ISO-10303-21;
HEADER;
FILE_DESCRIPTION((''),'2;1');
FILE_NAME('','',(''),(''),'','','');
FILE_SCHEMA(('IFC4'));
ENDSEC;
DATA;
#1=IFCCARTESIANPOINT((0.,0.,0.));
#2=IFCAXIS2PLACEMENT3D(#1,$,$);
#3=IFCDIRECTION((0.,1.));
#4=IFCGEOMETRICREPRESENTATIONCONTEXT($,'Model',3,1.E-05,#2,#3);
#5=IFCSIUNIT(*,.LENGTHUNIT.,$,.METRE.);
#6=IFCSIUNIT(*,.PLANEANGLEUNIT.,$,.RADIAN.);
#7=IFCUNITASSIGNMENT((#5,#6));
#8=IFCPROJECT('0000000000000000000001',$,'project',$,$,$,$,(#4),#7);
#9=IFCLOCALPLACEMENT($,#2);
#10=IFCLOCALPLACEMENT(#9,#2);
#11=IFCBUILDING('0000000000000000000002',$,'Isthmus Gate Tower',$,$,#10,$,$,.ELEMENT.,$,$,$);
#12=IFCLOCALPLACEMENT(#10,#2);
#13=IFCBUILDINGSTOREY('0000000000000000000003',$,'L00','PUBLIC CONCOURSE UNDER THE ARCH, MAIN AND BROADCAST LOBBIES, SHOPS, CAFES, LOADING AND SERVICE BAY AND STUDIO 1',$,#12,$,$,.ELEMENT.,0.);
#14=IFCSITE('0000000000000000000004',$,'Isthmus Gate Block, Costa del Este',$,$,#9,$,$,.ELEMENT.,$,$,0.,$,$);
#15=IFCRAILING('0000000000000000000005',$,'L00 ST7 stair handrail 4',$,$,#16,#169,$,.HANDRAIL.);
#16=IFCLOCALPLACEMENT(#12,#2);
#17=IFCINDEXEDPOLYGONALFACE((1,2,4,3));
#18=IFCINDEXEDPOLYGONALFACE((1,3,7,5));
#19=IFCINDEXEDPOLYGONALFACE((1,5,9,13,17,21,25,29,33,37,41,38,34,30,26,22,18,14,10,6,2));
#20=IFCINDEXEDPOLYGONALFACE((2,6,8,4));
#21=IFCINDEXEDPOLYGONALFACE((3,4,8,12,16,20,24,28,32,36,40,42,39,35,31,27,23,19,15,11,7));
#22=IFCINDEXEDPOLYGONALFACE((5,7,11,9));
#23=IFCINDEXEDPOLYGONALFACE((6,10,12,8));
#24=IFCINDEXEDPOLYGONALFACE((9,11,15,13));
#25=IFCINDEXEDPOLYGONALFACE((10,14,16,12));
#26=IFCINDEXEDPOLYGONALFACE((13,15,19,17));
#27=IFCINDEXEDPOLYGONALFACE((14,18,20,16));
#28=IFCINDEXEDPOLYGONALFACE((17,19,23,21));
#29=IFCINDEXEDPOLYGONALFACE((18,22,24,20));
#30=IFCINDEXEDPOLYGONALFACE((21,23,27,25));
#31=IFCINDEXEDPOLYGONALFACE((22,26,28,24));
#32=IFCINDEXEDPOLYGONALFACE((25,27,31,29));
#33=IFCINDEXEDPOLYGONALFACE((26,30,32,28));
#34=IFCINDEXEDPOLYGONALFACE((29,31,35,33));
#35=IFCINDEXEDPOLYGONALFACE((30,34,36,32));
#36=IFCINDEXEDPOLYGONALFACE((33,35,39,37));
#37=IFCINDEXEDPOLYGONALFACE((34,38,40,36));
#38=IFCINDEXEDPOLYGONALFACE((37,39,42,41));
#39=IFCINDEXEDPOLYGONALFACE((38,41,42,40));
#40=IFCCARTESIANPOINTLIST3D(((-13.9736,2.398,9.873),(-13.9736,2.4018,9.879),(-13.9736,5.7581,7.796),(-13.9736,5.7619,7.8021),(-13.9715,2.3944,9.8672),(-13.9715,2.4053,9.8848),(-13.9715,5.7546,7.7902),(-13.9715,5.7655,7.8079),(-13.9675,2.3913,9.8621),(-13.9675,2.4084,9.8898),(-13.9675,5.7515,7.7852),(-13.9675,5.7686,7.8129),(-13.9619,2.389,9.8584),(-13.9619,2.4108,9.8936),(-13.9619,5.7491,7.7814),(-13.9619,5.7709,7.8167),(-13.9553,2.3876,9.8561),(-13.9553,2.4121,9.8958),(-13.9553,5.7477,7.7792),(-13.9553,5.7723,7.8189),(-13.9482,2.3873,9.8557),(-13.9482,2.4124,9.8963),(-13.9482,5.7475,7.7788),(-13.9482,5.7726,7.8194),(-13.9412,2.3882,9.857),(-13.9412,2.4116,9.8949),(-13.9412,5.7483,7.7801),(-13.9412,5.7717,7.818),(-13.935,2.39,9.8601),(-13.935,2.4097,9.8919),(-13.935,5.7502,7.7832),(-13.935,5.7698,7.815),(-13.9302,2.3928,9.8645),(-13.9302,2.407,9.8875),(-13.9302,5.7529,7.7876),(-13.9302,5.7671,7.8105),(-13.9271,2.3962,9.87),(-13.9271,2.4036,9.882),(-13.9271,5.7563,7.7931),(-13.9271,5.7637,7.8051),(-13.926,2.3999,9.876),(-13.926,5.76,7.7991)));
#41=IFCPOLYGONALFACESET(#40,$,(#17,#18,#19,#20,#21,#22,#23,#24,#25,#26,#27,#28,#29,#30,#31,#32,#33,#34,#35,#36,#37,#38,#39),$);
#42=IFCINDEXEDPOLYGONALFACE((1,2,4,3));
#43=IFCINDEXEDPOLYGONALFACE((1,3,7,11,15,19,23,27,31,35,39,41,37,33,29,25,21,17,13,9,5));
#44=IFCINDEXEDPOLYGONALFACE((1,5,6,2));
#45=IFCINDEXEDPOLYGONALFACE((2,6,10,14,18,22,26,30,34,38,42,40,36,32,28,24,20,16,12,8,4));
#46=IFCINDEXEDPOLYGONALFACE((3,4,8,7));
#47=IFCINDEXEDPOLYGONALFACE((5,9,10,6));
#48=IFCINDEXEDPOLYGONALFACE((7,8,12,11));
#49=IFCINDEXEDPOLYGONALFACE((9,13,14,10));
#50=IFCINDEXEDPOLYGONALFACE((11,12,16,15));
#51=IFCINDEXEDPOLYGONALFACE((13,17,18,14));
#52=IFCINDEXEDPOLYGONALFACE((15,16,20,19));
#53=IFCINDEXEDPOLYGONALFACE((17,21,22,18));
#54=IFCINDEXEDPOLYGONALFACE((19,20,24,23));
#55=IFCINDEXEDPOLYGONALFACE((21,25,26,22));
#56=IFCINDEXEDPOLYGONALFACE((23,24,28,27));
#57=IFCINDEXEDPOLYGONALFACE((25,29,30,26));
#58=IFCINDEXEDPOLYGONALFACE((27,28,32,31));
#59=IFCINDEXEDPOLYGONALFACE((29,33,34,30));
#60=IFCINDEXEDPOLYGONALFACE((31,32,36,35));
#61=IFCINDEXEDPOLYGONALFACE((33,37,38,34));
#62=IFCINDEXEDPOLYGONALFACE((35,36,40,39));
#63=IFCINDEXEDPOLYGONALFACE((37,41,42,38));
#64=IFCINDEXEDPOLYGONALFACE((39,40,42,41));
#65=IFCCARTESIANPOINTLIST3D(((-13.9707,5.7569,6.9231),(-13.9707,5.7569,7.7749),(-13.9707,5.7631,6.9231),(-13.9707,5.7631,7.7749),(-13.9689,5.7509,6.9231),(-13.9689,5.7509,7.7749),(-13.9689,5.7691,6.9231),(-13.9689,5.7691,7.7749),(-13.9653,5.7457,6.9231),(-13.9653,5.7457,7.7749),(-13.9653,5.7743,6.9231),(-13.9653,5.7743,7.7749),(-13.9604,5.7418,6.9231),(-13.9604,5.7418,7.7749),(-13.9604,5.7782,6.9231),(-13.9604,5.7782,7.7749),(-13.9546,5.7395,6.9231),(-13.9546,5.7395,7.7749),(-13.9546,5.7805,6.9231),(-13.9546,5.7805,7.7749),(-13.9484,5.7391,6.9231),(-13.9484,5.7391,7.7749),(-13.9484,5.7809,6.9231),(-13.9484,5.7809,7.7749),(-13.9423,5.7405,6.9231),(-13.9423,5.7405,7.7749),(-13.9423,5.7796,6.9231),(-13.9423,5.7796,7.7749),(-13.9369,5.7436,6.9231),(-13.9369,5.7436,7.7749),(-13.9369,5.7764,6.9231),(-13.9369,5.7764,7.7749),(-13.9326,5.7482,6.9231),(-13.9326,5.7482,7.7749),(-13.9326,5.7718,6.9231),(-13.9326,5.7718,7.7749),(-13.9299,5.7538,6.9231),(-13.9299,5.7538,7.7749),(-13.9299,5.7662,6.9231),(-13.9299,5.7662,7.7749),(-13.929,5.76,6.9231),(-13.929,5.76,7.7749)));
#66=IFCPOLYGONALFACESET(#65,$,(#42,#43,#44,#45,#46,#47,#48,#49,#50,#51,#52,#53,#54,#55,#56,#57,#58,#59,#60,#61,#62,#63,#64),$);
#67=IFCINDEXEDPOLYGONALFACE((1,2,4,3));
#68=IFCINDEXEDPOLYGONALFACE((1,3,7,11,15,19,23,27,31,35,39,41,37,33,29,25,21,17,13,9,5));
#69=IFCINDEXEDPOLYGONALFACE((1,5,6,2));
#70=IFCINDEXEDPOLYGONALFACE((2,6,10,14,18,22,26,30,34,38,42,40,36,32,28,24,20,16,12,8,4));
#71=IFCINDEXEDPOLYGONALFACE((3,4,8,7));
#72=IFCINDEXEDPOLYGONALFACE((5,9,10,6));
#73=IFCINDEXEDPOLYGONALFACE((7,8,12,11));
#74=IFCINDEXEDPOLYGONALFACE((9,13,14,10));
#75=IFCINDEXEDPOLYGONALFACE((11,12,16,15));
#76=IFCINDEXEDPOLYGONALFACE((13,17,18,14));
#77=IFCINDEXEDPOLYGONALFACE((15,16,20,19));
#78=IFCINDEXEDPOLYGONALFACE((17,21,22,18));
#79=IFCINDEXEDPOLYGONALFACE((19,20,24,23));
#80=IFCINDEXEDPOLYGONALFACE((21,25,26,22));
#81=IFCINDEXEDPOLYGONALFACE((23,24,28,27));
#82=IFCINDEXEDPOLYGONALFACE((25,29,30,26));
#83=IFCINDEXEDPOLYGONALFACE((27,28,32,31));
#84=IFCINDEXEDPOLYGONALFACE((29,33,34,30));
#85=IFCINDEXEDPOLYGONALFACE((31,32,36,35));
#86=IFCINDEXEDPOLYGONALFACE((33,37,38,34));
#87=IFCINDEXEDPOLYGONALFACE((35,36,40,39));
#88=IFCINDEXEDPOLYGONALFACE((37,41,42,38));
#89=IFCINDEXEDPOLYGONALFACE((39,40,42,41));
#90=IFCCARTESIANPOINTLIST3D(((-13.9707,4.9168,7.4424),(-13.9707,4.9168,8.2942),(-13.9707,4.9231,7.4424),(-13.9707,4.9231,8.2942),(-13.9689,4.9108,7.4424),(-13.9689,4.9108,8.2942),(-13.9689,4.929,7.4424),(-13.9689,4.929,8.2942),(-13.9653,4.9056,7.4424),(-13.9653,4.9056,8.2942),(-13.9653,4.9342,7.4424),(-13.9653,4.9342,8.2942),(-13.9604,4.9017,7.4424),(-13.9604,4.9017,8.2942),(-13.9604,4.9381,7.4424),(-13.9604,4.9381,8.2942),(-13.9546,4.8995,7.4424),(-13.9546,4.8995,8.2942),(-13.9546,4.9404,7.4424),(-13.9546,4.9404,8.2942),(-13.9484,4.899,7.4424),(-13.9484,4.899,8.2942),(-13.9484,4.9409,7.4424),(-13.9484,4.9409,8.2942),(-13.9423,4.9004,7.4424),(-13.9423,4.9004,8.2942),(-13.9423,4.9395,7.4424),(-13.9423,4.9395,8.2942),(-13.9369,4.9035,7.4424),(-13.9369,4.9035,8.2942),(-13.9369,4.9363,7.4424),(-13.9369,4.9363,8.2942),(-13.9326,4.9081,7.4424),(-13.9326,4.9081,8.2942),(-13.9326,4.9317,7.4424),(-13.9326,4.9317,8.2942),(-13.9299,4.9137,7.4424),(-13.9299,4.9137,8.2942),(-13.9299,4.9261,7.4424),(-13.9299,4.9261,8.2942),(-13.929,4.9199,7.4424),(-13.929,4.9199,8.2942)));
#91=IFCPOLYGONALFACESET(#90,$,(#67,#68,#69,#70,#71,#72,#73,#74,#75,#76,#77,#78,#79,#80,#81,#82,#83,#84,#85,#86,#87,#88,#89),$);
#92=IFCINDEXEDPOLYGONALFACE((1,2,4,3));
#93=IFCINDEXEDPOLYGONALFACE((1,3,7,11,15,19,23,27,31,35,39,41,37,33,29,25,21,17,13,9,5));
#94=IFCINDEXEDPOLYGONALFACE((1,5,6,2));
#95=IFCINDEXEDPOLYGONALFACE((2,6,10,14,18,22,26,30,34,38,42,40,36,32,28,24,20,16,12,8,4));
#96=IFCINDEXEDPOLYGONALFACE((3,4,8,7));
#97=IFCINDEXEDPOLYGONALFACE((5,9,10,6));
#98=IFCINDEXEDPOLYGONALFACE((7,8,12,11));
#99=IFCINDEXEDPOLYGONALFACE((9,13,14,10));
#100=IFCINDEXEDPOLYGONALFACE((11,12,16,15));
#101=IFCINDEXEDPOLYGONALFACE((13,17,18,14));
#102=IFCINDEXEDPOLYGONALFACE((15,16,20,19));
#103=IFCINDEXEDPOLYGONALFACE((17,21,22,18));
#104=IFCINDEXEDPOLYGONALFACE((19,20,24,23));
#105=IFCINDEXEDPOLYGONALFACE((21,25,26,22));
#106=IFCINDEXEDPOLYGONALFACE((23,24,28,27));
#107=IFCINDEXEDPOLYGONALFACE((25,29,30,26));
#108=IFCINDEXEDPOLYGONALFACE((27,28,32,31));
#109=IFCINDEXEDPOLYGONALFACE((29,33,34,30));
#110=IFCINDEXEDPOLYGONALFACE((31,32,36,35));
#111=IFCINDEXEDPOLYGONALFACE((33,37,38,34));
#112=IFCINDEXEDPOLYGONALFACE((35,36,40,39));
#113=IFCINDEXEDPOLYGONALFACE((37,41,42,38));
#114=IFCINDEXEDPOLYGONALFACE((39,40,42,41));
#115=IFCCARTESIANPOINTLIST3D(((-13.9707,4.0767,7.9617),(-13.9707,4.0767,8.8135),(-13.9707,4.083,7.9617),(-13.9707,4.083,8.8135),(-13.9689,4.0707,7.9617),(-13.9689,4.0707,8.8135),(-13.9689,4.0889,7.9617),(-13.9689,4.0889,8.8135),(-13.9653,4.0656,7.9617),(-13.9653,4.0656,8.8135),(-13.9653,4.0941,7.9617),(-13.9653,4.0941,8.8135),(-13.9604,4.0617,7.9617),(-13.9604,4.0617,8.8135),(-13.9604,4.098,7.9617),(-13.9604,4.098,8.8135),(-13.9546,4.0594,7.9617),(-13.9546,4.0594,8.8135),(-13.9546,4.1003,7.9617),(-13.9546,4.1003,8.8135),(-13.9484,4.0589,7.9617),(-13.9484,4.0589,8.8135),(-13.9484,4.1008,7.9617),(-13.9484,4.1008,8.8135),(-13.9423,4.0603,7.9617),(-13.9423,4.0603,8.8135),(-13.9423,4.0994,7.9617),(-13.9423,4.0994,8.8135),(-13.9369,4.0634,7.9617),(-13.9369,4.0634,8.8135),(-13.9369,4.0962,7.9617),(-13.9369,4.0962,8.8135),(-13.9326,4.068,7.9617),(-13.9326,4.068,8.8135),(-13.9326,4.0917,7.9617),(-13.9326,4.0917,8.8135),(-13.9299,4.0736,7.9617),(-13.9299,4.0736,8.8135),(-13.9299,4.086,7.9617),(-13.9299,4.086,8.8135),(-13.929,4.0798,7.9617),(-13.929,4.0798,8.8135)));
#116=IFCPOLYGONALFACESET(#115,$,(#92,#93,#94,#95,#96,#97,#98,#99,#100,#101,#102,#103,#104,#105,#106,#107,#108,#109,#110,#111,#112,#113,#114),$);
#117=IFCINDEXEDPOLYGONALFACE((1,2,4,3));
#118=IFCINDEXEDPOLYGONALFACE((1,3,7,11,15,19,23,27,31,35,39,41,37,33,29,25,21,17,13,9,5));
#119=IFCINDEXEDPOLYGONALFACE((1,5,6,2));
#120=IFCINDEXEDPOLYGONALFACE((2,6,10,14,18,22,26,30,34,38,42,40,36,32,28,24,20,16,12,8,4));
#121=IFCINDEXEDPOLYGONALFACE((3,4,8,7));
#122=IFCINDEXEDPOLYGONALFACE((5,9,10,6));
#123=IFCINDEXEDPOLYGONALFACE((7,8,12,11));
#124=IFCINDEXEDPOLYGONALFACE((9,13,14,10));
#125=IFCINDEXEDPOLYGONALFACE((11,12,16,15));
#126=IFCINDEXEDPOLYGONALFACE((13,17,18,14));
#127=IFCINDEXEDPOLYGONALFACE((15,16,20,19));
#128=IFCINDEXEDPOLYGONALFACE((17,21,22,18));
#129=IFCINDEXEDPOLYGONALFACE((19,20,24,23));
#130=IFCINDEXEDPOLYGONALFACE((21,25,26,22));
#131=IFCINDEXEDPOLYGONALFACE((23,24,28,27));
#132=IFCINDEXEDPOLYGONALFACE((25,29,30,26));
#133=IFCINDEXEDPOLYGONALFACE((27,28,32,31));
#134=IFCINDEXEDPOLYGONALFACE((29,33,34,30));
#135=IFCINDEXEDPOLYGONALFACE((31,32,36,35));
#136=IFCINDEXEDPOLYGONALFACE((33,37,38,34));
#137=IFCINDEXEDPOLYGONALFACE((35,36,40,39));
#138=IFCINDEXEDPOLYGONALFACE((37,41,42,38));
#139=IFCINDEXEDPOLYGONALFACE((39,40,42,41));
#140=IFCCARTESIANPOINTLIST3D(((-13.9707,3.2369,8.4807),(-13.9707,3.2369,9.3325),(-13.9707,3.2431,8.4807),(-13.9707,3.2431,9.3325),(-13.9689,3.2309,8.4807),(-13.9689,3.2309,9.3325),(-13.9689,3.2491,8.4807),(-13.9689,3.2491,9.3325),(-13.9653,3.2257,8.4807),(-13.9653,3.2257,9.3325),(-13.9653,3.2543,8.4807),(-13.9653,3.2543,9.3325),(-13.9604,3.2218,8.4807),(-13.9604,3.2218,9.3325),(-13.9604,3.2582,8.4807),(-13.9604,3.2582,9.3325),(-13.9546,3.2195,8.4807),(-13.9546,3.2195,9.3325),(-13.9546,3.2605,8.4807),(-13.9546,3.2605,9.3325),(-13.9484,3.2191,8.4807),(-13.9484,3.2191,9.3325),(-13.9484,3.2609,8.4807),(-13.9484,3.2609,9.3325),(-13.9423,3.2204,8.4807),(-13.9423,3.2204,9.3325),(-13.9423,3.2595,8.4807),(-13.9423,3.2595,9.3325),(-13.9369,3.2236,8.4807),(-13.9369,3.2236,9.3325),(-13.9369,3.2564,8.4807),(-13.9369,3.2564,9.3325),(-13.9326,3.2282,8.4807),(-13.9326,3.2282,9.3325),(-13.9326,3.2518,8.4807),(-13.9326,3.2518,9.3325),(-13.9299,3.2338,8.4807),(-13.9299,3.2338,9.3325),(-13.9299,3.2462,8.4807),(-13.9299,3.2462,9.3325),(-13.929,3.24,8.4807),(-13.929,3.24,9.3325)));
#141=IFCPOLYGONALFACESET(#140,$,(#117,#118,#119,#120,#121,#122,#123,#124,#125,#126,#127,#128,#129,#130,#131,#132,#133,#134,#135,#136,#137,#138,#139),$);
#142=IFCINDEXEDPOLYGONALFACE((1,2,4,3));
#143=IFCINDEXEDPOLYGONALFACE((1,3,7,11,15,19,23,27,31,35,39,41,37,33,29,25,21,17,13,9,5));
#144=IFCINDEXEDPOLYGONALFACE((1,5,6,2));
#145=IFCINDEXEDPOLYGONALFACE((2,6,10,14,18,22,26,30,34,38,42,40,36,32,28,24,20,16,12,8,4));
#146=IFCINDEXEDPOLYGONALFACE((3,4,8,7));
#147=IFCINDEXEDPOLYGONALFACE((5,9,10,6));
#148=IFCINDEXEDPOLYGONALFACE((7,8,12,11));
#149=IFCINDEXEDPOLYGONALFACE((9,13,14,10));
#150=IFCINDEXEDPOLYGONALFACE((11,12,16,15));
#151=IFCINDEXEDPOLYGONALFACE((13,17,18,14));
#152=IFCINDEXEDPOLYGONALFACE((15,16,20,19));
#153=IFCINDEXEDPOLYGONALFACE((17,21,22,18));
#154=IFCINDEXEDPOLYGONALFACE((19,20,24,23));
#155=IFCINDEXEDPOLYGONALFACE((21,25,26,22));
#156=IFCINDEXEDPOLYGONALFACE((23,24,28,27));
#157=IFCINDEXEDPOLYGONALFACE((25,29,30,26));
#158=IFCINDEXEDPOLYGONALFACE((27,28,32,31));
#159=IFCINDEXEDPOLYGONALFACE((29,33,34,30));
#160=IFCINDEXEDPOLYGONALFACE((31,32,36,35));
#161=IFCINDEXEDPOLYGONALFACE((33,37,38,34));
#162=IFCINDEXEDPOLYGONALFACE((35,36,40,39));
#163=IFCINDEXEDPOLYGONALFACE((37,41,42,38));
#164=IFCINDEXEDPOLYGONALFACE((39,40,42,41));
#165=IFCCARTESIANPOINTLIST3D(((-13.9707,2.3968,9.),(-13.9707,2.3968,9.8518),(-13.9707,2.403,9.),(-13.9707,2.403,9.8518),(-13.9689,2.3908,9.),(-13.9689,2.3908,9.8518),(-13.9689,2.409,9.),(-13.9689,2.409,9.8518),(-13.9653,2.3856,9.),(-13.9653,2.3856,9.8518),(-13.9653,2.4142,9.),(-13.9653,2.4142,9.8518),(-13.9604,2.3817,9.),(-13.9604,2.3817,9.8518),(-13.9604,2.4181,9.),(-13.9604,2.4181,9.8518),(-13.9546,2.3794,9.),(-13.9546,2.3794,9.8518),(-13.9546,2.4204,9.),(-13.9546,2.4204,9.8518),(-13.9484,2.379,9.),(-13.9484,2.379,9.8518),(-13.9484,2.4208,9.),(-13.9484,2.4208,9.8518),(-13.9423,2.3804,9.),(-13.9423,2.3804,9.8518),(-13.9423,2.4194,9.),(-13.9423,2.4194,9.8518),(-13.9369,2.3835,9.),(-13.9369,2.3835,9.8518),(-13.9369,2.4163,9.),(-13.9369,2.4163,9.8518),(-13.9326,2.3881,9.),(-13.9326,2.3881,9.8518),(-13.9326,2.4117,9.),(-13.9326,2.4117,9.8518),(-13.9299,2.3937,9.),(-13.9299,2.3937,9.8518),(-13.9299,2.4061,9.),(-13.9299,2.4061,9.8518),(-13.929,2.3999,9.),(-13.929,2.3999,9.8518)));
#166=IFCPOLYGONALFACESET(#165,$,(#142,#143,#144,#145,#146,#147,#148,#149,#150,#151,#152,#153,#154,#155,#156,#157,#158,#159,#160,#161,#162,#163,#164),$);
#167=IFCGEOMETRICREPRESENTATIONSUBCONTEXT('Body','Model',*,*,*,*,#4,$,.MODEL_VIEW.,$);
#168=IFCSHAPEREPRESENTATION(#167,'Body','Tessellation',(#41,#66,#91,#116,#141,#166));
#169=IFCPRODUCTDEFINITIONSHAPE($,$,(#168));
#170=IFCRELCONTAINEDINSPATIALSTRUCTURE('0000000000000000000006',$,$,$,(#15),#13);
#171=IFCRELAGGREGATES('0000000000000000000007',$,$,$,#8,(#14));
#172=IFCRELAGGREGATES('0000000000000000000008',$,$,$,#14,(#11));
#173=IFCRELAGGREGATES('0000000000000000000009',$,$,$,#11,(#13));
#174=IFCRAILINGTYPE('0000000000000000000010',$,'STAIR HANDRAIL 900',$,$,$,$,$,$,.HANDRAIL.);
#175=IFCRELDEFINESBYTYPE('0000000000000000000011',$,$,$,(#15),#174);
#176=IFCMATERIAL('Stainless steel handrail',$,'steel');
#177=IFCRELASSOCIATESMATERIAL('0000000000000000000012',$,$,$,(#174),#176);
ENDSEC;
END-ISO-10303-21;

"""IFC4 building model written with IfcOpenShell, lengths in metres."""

from ifc_helpers import new_model, si_unit, direction, frame, origin, origin_2d, place, context, subcontext, project, spatial, circle, extrude, material, type_object, element, save


model = new_model("IFC4")

# Units and contexts
model_context = context("Model", 3, precision=1e-05, world=origin(), true_north=direction((0.0, 1.0)))
body_context = subcontext(model_context, "Body", "Model", "MODEL_VIEW")
ifc_project = project(units=[si_unit("LENGTHUNIT", "METRE"), si_unit("PLANEANGLEUNIT", "RADIAN")], contexts=[model_context])

# Site, building, storey
site_placement = place(None, origin())
site = spatial("IfcSite", under=ifc_project, at=site_placement, Name="Isthmus Gate Block, Costa del Este", CompositionType="ELEMENT", RefElevation=0.0)
building_placement = place(site_placement, origin())
building = spatial("IfcBuilding", under=site, at=building_placement, Name="Isthmus Gate Tower", CompositionType="ELEMENT")
storey_placement = place(building_placement, origin())
storey = spatial("IfcBuildingStorey", under=building, at=storey_placement, Name="L00", Description="PUBLIC CONCOURSE UNDER THE ARCH, MAIN AND BROADCAST LOBBIES, SHOPS, CAFES, LOADING AND SERVICE BAY AND STUDIO 1", CompositionType="ELEMENT", Elevation=0.0)

# Railing
ifc_material_1 = material(Name="Stainless steel handrail", Category="steel")
railing_type_1 = type_object("IfcRailingType", Name="STAIR HANDRAIL 900", PredefinedType="HANDRAIL", material=ifc_material_1)
railing_1_placement = place(storey_placement, frame((-13.95, 5.76, 6.9231)))
element("IfcRailing", 1, at=railing_1_placement, inside=storey, type_object=railing_type_1, Name="L00 ST7 stair handrail 4", PredefinedType="HANDRAIL", context=body_context, shape_type="SweptSolid", body=[
    extrude(circle(Radius=0.0239, at=origin_2d()), frame((0.0, 0.0, 0.876), z_axis=(0.0, -0.850623, 0.525776), x_axis=(1.0, 0.0, 0.0)), (0.0, 0.0, 1.0), 3.9502),
    extrude(circle(Radius=0.021, at=origin_2d()), origin(), (0.0, 0.0, 1.0), 0.8518),
    extrude(circle(Radius=0.021, at=origin_2d()), frame((0.0, -0.8401, 0.5193)), (0.0, 0.0, 1.0), 0.8518),
    extrude(circle(Radius=0.021, at=origin_2d()), frame((0.0, -1.6802, 1.0386)), (0.0, 0.0, 1.0), 0.8518),
    extrude(circle(Radius=0.021, at=origin_2d()), frame((0.0, -2.52, 1.5576)), (0.0, 0.0, 1.0), 0.8518),
    extrude(circle(Radius=0.021, at=origin_2d()), frame((0.0, -3.3601, 2.0769)), (0.0, 0.0, 1.0), 0.8518),
])

save(model, "model.ifc")
